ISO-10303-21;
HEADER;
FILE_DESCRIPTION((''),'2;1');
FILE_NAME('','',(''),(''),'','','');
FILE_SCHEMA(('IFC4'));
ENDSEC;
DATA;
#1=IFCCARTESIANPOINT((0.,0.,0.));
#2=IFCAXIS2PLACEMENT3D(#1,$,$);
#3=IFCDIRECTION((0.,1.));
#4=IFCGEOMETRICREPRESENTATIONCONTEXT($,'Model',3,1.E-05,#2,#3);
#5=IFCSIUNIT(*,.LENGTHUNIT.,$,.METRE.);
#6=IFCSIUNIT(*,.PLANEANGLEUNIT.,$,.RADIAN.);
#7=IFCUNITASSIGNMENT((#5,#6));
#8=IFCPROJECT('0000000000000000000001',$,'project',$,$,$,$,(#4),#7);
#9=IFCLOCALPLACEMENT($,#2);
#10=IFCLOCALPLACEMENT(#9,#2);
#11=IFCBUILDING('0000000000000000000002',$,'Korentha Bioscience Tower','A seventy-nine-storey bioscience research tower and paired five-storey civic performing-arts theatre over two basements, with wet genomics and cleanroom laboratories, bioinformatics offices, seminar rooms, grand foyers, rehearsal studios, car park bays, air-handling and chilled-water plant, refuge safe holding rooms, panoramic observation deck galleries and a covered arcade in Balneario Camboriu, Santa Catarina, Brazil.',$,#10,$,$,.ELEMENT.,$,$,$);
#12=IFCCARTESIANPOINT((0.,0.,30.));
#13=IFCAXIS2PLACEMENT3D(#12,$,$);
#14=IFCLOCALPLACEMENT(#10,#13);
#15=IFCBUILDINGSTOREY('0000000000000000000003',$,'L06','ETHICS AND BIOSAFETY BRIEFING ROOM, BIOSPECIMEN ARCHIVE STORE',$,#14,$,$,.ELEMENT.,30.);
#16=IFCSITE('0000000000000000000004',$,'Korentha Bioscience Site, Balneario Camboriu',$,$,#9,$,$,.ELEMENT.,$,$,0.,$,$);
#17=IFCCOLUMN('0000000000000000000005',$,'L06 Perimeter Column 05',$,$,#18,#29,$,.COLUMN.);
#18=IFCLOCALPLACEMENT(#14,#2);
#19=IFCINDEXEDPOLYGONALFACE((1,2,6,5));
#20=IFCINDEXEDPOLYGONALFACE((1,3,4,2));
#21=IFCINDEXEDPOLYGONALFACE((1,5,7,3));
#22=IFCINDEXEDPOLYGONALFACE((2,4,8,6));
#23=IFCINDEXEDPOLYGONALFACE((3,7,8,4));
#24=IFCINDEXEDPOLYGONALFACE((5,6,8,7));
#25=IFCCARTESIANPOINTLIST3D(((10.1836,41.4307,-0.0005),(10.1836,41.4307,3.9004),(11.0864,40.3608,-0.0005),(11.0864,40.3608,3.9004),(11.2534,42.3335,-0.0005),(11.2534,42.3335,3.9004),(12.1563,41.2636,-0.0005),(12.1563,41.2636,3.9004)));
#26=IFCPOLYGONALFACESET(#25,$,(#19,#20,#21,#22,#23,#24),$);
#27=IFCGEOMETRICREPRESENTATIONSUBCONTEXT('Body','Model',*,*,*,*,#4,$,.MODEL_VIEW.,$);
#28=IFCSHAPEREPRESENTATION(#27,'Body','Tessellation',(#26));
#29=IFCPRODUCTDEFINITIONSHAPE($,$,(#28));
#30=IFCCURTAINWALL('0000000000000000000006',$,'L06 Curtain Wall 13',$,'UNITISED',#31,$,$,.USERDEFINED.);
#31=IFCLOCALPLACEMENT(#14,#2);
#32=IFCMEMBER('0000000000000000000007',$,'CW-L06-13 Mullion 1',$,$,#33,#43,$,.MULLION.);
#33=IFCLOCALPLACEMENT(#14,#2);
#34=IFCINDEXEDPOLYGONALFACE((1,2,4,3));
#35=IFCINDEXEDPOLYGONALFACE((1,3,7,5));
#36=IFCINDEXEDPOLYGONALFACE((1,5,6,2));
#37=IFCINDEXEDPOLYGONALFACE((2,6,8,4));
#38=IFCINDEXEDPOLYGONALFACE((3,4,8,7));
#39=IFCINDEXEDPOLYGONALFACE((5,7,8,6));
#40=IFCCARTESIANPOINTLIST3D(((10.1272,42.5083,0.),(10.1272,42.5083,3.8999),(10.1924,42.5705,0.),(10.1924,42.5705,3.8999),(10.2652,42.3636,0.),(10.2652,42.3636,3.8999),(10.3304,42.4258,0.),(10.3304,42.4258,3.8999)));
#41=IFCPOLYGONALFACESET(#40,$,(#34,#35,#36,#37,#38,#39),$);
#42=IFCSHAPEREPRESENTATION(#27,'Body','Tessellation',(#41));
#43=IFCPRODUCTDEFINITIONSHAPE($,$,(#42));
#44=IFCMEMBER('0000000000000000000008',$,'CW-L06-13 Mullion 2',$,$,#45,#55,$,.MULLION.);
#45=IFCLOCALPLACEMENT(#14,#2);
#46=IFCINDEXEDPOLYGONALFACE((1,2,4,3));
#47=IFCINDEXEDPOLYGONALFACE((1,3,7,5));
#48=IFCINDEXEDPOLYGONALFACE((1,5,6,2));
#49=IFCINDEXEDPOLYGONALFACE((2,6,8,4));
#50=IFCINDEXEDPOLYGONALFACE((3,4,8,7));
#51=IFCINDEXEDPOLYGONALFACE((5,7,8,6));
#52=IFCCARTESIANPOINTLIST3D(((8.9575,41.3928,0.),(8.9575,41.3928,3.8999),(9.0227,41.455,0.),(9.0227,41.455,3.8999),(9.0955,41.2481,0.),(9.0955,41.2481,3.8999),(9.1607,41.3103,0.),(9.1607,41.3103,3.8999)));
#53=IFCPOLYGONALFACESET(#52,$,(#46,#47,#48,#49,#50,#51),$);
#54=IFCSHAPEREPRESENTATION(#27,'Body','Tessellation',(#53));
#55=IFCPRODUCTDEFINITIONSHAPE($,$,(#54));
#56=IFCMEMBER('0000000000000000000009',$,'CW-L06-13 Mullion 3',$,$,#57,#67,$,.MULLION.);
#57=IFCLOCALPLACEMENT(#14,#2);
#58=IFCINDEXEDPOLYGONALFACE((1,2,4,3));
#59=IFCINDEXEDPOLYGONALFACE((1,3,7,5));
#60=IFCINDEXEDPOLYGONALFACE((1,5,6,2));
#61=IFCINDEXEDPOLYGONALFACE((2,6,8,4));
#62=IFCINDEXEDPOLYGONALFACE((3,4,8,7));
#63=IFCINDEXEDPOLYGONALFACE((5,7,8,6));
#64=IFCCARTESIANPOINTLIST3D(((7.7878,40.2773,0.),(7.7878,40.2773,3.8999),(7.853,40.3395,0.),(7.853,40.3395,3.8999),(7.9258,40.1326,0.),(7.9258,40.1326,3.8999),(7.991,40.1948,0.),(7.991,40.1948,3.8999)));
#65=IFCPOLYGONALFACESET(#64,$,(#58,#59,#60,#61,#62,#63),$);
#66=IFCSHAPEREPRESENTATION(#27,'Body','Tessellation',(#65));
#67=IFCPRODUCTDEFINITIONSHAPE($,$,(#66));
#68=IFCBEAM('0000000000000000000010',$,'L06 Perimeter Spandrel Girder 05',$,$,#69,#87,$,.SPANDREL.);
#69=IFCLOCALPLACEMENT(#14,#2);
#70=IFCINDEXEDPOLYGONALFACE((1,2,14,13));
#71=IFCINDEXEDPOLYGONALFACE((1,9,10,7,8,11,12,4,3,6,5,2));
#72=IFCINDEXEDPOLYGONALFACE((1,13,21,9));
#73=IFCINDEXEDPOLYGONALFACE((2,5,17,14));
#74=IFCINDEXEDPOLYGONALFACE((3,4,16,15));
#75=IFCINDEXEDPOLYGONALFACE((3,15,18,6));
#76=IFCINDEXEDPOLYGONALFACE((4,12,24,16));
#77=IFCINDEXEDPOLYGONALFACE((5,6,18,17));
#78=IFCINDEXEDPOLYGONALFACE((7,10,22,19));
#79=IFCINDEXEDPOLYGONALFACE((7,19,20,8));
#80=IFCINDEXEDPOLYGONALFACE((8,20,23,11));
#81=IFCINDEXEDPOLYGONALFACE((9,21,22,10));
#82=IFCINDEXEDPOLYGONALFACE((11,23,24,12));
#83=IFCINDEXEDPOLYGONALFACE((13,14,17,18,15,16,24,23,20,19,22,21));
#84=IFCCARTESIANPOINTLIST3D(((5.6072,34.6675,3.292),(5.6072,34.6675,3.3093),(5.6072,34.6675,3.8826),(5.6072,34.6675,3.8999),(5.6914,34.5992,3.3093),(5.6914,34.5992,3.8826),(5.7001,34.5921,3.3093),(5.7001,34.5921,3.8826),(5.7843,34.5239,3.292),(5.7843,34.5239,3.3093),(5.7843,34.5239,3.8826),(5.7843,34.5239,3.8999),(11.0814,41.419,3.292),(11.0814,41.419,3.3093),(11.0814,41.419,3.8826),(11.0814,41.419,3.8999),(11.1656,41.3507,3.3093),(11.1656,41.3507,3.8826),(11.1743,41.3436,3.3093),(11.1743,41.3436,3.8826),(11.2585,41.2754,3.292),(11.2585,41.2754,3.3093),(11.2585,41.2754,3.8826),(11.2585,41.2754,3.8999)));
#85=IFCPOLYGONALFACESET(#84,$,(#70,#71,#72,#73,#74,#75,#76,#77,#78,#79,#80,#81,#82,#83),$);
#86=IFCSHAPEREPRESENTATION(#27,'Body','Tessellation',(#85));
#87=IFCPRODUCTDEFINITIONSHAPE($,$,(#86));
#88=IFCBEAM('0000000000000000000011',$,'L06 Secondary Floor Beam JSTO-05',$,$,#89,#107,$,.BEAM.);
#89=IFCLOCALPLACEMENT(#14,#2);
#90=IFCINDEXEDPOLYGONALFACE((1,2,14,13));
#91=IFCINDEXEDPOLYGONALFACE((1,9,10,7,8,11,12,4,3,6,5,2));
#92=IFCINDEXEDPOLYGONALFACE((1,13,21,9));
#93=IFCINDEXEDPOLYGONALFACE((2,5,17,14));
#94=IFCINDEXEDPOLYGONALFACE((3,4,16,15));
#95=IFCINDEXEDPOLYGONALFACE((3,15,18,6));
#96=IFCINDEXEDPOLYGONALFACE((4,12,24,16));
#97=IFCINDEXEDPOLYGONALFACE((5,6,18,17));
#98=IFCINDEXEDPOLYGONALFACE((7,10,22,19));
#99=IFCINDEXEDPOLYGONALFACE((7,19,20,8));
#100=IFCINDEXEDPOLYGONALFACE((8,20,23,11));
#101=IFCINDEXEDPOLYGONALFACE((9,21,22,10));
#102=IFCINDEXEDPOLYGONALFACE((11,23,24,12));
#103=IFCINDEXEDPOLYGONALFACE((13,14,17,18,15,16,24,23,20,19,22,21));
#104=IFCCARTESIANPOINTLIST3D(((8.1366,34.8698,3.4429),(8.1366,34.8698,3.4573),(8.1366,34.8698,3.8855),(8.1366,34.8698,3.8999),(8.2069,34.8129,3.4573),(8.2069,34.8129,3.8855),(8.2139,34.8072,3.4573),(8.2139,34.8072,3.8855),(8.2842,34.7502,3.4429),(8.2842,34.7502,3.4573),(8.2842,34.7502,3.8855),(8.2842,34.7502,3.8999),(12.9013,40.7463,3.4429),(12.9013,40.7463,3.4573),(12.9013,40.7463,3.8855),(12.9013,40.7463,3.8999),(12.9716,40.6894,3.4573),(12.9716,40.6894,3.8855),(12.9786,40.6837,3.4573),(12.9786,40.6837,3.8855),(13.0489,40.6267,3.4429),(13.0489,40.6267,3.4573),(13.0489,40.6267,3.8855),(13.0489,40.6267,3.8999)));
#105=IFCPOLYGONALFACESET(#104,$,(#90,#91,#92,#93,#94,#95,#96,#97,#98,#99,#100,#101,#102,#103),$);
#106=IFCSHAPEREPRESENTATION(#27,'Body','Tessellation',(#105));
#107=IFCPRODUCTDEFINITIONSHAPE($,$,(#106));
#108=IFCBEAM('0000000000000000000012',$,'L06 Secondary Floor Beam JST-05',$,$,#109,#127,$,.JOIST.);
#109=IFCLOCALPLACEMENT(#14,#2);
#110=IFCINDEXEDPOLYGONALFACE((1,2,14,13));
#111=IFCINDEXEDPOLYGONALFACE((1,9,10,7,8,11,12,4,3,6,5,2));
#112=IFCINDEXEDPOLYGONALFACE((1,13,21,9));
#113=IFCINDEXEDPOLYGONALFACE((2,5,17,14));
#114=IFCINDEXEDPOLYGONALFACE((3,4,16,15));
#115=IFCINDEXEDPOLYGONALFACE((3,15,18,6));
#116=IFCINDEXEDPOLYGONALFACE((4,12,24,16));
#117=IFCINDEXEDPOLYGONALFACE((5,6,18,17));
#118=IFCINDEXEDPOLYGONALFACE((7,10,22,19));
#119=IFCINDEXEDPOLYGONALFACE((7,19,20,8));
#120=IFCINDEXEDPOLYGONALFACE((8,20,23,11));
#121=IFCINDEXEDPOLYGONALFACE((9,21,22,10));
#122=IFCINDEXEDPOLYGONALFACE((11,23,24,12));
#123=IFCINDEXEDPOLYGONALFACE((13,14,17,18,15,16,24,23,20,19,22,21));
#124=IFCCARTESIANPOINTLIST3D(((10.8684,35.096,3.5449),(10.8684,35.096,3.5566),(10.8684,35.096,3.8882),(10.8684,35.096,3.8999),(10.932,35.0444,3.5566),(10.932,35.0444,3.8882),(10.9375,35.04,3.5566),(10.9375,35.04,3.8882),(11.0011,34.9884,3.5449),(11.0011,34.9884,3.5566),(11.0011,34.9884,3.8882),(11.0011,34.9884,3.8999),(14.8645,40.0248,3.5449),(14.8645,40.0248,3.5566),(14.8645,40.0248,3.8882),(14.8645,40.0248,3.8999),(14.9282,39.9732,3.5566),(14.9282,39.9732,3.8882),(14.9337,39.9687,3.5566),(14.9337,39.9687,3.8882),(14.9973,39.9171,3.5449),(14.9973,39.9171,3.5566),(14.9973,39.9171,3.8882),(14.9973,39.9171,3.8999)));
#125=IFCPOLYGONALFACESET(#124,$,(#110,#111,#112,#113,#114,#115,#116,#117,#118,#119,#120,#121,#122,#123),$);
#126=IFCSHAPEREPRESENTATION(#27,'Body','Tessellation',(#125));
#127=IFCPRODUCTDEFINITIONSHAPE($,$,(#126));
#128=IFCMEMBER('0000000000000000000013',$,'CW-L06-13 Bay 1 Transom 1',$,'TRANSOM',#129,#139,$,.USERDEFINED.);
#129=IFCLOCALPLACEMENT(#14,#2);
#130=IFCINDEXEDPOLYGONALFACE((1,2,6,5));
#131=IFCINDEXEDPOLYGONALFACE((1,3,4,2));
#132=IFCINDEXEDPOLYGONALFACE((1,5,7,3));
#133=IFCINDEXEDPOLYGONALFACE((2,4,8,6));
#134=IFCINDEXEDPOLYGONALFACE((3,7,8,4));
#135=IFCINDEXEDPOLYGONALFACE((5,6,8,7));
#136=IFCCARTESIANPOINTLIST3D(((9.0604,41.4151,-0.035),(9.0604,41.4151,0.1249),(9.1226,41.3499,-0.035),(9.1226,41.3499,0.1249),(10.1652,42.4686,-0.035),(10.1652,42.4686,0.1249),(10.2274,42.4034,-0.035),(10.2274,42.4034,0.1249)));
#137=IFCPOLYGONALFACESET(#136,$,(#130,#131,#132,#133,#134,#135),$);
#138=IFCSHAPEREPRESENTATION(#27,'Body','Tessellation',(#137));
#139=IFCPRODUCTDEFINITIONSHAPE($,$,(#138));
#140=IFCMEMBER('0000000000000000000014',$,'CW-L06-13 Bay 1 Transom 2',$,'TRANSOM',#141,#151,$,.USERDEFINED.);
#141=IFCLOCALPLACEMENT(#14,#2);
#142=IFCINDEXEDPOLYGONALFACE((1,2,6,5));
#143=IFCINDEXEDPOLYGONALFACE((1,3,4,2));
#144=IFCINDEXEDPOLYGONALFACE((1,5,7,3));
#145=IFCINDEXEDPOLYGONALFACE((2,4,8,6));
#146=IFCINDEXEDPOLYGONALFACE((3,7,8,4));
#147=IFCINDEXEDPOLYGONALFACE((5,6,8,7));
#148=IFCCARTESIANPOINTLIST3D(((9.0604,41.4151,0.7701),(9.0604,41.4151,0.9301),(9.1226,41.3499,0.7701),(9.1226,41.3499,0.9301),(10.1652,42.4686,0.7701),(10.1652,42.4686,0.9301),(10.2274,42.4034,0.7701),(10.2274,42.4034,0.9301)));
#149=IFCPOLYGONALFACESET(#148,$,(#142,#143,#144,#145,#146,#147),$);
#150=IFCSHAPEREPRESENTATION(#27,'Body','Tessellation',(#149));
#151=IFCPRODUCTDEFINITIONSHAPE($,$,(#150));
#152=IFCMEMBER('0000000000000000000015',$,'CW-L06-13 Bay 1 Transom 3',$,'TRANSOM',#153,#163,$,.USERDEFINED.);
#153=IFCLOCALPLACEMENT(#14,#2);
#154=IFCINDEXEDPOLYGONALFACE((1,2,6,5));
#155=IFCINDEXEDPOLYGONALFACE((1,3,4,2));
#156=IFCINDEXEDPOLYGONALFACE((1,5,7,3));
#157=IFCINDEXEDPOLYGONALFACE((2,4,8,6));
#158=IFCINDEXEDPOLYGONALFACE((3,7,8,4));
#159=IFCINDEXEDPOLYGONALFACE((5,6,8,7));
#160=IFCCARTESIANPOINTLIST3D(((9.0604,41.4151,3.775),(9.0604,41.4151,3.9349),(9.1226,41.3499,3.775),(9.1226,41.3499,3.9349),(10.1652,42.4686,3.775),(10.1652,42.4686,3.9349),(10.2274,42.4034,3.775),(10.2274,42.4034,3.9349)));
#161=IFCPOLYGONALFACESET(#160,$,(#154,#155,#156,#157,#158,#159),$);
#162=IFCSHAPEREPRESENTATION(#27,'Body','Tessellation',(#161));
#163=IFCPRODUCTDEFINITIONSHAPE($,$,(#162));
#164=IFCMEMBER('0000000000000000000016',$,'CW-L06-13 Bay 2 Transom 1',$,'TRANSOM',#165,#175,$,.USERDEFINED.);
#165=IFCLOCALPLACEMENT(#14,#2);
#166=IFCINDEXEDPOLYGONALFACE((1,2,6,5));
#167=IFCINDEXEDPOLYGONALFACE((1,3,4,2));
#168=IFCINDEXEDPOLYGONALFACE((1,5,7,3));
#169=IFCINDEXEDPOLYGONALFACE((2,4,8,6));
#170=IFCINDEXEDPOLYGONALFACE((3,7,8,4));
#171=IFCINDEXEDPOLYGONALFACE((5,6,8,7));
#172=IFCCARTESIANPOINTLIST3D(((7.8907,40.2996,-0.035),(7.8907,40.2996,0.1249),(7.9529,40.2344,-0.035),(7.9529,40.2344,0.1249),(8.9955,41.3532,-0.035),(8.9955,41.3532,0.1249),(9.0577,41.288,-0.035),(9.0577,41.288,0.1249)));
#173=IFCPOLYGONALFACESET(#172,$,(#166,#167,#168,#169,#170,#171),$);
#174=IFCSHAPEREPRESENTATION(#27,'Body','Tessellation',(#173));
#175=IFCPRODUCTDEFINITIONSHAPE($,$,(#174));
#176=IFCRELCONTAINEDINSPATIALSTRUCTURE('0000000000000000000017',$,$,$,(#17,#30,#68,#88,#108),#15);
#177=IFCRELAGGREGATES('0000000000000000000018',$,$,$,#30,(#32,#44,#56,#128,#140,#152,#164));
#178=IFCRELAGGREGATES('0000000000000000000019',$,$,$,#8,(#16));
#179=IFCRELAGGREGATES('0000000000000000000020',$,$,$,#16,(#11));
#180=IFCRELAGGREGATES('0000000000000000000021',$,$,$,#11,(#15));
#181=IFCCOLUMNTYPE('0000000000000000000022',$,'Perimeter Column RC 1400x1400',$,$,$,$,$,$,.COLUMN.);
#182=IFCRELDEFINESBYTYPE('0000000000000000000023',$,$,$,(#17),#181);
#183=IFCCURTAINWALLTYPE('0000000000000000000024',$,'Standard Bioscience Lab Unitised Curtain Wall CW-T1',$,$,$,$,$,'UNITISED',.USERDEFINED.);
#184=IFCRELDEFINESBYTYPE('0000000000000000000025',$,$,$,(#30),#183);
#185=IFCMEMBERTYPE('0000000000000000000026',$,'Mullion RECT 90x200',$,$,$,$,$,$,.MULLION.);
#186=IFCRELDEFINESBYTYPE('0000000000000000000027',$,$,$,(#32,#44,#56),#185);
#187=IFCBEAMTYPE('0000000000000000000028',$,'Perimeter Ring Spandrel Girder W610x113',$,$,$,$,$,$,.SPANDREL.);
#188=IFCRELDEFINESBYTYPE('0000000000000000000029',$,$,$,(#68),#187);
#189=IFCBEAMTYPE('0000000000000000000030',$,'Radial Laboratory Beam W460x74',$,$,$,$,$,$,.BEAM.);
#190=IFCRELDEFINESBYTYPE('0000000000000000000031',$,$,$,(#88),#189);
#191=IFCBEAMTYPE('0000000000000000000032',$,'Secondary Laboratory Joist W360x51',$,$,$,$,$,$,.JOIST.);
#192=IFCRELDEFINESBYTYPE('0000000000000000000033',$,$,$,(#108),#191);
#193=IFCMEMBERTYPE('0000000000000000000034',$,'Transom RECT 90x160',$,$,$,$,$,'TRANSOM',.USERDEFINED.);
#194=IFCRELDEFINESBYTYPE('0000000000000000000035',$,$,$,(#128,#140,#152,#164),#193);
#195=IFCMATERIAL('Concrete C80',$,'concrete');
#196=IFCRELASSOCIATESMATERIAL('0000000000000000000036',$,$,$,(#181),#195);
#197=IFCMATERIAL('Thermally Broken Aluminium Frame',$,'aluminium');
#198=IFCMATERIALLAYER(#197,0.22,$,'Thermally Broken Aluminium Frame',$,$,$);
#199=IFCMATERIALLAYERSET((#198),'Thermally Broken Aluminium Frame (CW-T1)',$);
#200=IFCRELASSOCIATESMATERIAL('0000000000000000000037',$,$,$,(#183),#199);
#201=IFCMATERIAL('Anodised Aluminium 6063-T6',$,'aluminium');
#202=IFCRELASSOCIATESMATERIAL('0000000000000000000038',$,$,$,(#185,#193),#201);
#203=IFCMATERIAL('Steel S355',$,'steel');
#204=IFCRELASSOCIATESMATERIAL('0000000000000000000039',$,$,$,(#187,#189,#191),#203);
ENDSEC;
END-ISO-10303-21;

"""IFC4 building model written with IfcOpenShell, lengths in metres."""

from ifc_helpers import new_model, si_unit, direction, frame, origin, origin_2d, place, context, subcontext, project, spatial, rectangle, i_section, extrude, material, layer, layer_set, material_profile, profile_set, type_object, element, aggregate, save


model = new_model("IFC4")

# Units and contexts
model_context = context("Model", 3, precision=1e-05, world=origin(), true_north=direction((0.0, 1.0)))
body_context = subcontext(model_context, "Body", "Model", "MODEL_VIEW")
ifc_project = project(units=[si_unit("LENGTHUNIT", "METRE"), si_unit("PLANEANGLEUNIT", "RADIAN")], contexts=[model_context])

# Site, building, storey
site_placement = place(None, origin())
site = spatial("IfcSite", under=ifc_project, at=site_placement, Name="Korentha Bioscience Site, Balneario Camboriu", CompositionType="ELEMENT", RefElevation=0.0)
building_placement = place(site_placement, origin())
building = spatial("IfcBuilding", under=site, at=building_placement, Name="Korentha Bioscience Tower", Description="A seventy-nine-storey bioscience research tower and paired five-storey civic performing-arts theatre over two basements, with wet genomics and cleanroom laboratories, bioinformatics offices, seminar rooms, grand foyers, rehearsal studios, car park bays, air-handling and chilled-water plant, refuge safe holding rooms, panoramic observation deck galleries and a covered arcade in Balneario Camboriu, Santa Catarina, Brazil.", CompositionType="ELEMENT")
storey_placement = place(building_placement, frame((0.0, 0.0, 30.0)))
storey = spatial("IfcBuildingStorey", under=building, at=storey_placement, Name="L06", Description="ETHICS AND BIOSAFETY BRIEFING ROOM, BIOSPECIMEN ARCHIVE STORE", CompositionType="ELEMENT", Elevation=30.0)

# Column
ifc_material_1 = material(Name="Concrete C80", Category="concrete")
ifc_material_profile_1 = material_profile(ifc_material_1, rectangle(XDim=1.3999, YDim=1.3999, at=origin_2d()), Name="Concrete C80")
ifc_profile_set_1 = profile_set([ifc_material_profile_1], Name="Concrete C80 (COL-P14)")
column_type = type_object("IfcColumnType", Name="Perimeter Column RC 1400x1400", PredefinedType="COLUMN", material=ifc_profile_set_1)
column_placement = place(storey_placement, frame((11.1699, 41.3472, -0.0005), z_axis=(0.0, 0.0, 1.0), x_axis=(0.764246, 0.644924, 0.0)))
element("IfcColumn", 1, at=column_placement, inside=storey, type_object=column_type, Name="L06 Perimeter Column 05", PredefinedType="COLUMN", context=body_context, shape_type="SweptSolid", body=[
    extrude(rectangle(XDim=1.3999, YDim=1.3999, at=origin_2d()), origin(), (0.0, 0.0, 1.0), 3.9009),
])

# Curtain wall, members
ifc_material_2 = material(Name="Thermally Broken Aluminium Frame", Category="aluminium")
ifc_layer_1 = layer(ifc_material_2, 0.22, Name="Thermally Broken Aluminium Frame")
ifc_layer_set_1 = layer_set([ifc_layer_1], Name="Thermally Broken Aluminium Frame (CW-T1)")
curtain_wall_type = type_object("IfcCurtainWallType", Name="Standard Bioscience Lab Unitised Curtain Wall CW-T1", ElementType="UNITISED", PredefinedType="USERDEFINED", material=ifc_layer_set_1)
curtain_wall_placement = place(storey_placement, origin())
curtain_wall = element("IfcCurtainWall", 2, at=curtain_wall_placement, inside=storey, type_object=curtain_wall_type, Name="L06 Curtain Wall 13", ObjectType="UNITISED", PredefinedType="USERDEFINED")
ifc_material_3 = material(Name="Anodised Aluminium 6063-T6", Category="aluminium")
ifc_material_profile_2 = material_profile(ifc_material_3, rectangle(XDim=0.0901, YDim=0.2, at=origin_2d()), Name="Anodised Aluminium 6063-T6")
ifc_profile_set_2 = profile_set([ifc_material_profile_2], Name="Anodised Aluminium 6063-T6 (CW-MUL)")
member_type_1 = type_object("IfcMemberType", Name="Mullion RECT 90x200", PredefinedType="MULLION", material=ifc_profile_set_2)
member_1_placement = place(storey_placement, frame((10.2288, 42.467, 0.0), z_axis=(0.0, 0.0, 1.0), x_axis=(-0.723642, -0.690176, 0.0)))
member_1 = element("IfcMember", 3, at=member_1_placement, type_object=member_type_1, Name="CW-L06-13 Mullion 1", PredefinedType="MULLION", context=body_context, shape_type="SweptSolid", body=[
    extrude(rectangle(XDim=0.0901, YDim=0.2, at=origin_2d()), origin(), (0.0, 0.0, 1.0), 3.8999),
])
member_2_placement = place(storey_placement, frame((9.0591, 41.3516, 0.0), z_axis=(0.0, 0.0, 1.0), x_axis=(-0.723642, -0.690176, 0.0)))
member_2 = element("IfcMember", 4, at=member_2_placement, type_object=member_type_1, Name="CW-L06-13 Mullion 2", PredefinedType="MULLION", context=body_context, shape_type="SweptSolid", body=[
    extrude(rectangle(XDim=0.0901, YDim=0.2, at=origin_2d()), origin(), (0.0, 0.0, 1.0), 3.8999),
])
member_3_placement = place(storey_placement, frame((7.8894, 40.2361, 0.0), z_axis=(0.0, 0.0, 1.0), x_axis=(-0.723642, -0.690176, 0.0)))
member_3 = element("IfcMember", 5, at=member_3_placement, type_object=member_type_1, Name="CW-L06-13 Mullion 3", PredefinedType="MULLION", context=body_context, shape_type="SweptSolid", body=[
    extrude(rectangle(XDim=0.0901, YDim=0.2, at=origin_2d()), origin(), (0.0, 0.0, 1.0), 3.8999),
])

# Beams
ifc_material_4 = material(Name="Steel S355", Category="steel")
ifc_material_profile_3 = material_profile(ifc_material_4, i_section(OverallWidth=0.228, OverallDepth=0.6079, WebThickness=0.0112, FlangeThickness=0.0173, at=origin_2d()), Name="Steel S355")
ifc_profile_set_3 = profile_set([ifc_material_profile_3], Name="Steel S355 (SB-610)")
beam_type_1 = type_object("IfcBeamType", Name="Perimeter Ring Spandrel Girder W610x113", PredefinedType="SPANDREL", material=ifc_profile_set_3)
beam_1_placement = place(storey_placement, frame((11.1699, 41.3472, 3.5959), z_axis=(-0.629799, -0.776758, 0.0), x_axis=(0.776758, -0.629799, 0.0)))
element("IfcBeam", 6, at=beam_1_placement, inside=storey, type_object=beam_type_1, Name="L06 Perimeter Spandrel Girder 05", PredefinedType="SPANDREL", context=body_context, shape_type="SweptSolid", body=[
    extrude(i_section(OverallWidth=0.228, OverallDepth=0.6079, WebThickness=0.0112, FlangeThickness=0.0173, at=origin_2d()), origin(), (0.0, 0.0, 1.0), 8.6919),
])
ifc_material_profile_4 = material_profile(ifc_material_4, i_section(OverallWidth=0.1899, OverallDepth=0.457, WebThickness=0.009, FlangeThickness=0.0144, at=origin_2d()), Name="Steel S355")
ifc_profile_set_4 = profile_set([ifc_material_profile_4], Name="Steel S355 (RB-460)")
beam_type_2 = type_object("IfcBeamType", Name="Radial Laboratory Beam W460x74", PredefinedType="BEAM", material=ifc_profile_set_4)
beam_2_placement = place(storey_placement, frame((12.9751, 40.6865, 3.6714), z_axis=(-0.629798, -0.776759, 0.0), x_axis=(0.776759, -0.629798, 0.0)))
element("IfcBeam", 7, at=beam_2_placement, inside=storey, type_object=beam_type_2, Name="L06 Secondary Floor Beam JSTO-05", PredefinedType="BEAM", context=body_context, shape_type="SweptSolid", body=[
    extrude(i_section(OverallWidth=0.1899, OverallDepth=0.457, WebThickness=0.009, FlangeThickness=0.0144, at=origin_2d()), origin(), (0.0, 0.0, 1.0), 7.5654),
])
ifc_material_profile_5 = material_profile(ifc_material_4, i_section(OverallWidth=0.1709, OverallDepth=0.355, WebThickness=0.0071, FlangeThickness=0.0117, at=origin_2d()), Name="Steel S355")
ifc_profile_set_5 = profile_set([ifc_material_profile_5], Name="Steel S355 (JB-360)")
beam_type_3 = type_object("IfcBeamType", Name="Secondary Laboratory Joist W360x51", PredefinedType="JOIST", material=ifc_profile_set_5)
beam_3_placement = place(storey_placement, frame((14.9309, 39.9709, 3.7224), z_axis=(-0.629787, -0.776768, 0.0), x_axis=(0.776768, -0.629787, 0.0)))
element("IfcBeam", 8, at=beam_3_placement, inside=storey, type_object=beam_type_3, Name="L06 Secondary Floor Beam JST-05", PredefinedType="JOIST", context=body_context, shape_type="SweptSolid", body=[
    extrude(i_section(OverallWidth=0.1709, OverallDepth=0.355, WebThickness=0.0071, FlangeThickness=0.0117, at=origin_2d()), origin(), (0.0, 0.0, 1.0), 6.3452),
])

# Members
ifc_material_profile_6 = material_profile(ifc_material_3, rectangle(XDim=0.0901, YDim=0.1599, at=origin_2d()), Name="Anodised Aluminium 6063-T6")
ifc_profile_set_6 = profile_set([ifc_material_profile_6], Name="Anodised Aluminium 6063-T6 (CW-TRN)")
member_type_2 = type_object("IfcMemberType", Name="Transom RECT 90x160", ElementType="TRANSOM", PredefinedType="USERDEFINED", material=ifc_profile_set_6)
member_4_placement = place(storey_placement, frame((10.1963, 42.436, 0.0449), z_axis=(-0.7237, -0.690114, 0.0), x_axis=(0.690114, -0.7237, 0.0)))
member_4 = element("IfcMember", 9, at=member_4_placement, type_object=member_type_2, Name="CW-L06-13 Bay 1 Transom 1", ObjectType="TRANSOM", PredefinedType="USERDEFINED", context=body_context, shape_type="SweptSolid", body=[
    extrude(rectangle(XDim=0.0901, YDim=0.1599, at=origin_2d()), origin(), (0.0, 0.0, 1.0), 1.5266),
])
member_5_placement = place(storey_placement, frame((10.1963, 42.436, 0.8501), z_axis=(-0.7237, -0.690114, 0.0), x_axis=(0.690114, -0.7237, 0.0)))
member_5 = element("IfcMember", 10, at=member_5_placement, type_object=member_type_2, Name="CW-L06-13 Bay 1 Transom 2", ObjectType="TRANSOM", PredefinedType="USERDEFINED", context=body_context, shape_type="SweptSolid", body=[
    extrude(rectangle(XDim=0.0901, YDim=0.1599, at=origin_2d()), origin(), (0.0, 0.0, 1.0), 1.5266),
])
member_6_placement = place(storey_placement, frame((10.1963, 42.436, 3.855), z_axis=(-0.7237, -0.690114, 0.0), x_axis=(0.690114, -0.7237, 0.0)))
member_6 = element("IfcMember", 11, at=member_6_placement, type_object=member_type_2, Name="CW-L06-13 Bay 1 Transom 3", ObjectType="TRANSOM", PredefinedType="USERDEFINED", context=body_context, shape_type="SweptSolid", body=[
    extrude(rectangle(XDim=0.0901, YDim=0.1599, at=origin_2d()), origin(), (0.0, 0.0, 1.0), 1.5266),
])
member_7_placement = place(storey_placement, frame((9.0266, 41.3206, 0.0449), z_axis=(-0.7237, -0.690114, 0.0), x_axis=(0.690114, -0.7237, 0.0)))
member_7 = element("IfcMember", 12, at=member_7_placement, type_object=member_type_2, Name="CW-L06-13 Bay 2 Transom 1", ObjectType="TRANSOM", PredefinedType="USERDEFINED", context=body_context, shape_type="SweptSolid", body=[
    extrude(rectangle(XDim=0.0901, YDim=0.1599, at=origin_2d()), origin(), (0.0, 0.0, 1.0), 1.5266),
])

aggregate(curtain_wall, [member_1, member_2, member_3, member_4, member_5, member_6, member_7])

save(model, "model.ifc")
